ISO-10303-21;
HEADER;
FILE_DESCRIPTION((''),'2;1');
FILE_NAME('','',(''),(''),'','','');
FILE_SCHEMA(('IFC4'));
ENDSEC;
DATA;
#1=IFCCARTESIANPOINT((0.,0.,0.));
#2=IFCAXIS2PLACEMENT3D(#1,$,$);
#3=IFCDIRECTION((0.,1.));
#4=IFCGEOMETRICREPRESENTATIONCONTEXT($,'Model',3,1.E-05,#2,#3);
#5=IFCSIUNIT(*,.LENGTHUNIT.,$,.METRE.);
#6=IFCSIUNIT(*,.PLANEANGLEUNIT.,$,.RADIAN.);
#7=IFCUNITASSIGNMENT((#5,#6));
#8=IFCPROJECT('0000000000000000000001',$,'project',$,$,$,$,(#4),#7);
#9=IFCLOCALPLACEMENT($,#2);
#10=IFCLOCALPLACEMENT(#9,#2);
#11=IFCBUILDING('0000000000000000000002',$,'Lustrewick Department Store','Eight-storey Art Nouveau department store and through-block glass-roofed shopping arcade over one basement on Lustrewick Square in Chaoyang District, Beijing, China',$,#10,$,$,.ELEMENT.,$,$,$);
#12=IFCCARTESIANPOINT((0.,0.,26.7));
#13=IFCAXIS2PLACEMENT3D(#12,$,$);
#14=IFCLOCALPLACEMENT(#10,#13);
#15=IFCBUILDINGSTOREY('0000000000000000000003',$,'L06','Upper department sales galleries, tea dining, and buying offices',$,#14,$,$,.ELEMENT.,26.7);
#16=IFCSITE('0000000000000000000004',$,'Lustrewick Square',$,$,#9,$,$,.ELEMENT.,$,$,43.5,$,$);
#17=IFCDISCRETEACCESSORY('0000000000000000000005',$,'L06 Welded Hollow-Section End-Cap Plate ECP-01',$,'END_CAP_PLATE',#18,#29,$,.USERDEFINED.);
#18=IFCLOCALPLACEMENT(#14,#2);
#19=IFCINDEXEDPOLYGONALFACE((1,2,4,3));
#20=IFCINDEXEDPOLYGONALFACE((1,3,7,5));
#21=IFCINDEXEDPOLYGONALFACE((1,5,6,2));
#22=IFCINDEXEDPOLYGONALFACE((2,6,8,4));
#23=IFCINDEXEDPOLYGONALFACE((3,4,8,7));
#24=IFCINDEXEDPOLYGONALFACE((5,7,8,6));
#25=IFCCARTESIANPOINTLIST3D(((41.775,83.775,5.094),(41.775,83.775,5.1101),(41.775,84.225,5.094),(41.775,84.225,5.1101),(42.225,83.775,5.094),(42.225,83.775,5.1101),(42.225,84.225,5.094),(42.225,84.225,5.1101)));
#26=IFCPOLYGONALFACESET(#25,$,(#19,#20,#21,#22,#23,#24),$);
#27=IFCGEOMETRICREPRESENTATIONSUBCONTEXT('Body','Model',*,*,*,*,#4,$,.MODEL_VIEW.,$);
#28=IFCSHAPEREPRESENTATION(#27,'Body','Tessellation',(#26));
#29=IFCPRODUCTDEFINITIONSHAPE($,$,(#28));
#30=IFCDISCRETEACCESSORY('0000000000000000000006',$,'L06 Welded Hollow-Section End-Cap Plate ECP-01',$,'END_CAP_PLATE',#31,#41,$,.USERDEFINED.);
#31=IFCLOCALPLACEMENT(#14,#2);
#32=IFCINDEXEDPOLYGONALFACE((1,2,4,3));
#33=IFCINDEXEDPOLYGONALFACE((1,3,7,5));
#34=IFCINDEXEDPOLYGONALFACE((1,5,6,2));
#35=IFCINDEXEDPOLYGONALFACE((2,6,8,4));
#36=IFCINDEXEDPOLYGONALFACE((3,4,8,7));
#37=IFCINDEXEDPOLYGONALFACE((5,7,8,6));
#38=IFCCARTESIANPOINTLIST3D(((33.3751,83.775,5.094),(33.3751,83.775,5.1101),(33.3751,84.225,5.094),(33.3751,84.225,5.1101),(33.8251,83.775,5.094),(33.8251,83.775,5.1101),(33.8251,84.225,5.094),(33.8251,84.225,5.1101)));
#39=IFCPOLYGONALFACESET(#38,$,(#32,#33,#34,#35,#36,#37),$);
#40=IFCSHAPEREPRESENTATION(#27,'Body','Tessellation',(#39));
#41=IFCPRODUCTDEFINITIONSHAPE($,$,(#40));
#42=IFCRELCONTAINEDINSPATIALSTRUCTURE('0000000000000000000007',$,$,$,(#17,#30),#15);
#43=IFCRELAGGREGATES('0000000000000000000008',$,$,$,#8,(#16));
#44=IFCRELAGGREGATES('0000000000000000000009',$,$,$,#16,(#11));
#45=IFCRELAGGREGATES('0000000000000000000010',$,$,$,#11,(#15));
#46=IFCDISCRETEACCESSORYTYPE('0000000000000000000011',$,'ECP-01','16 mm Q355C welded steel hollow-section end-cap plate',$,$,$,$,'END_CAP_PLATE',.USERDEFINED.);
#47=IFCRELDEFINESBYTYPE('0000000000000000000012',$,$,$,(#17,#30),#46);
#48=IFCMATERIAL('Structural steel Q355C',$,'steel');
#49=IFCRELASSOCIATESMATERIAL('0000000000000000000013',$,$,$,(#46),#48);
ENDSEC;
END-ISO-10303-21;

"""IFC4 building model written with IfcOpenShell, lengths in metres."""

from ifc_helpers import new_model, si_unit, direction, frame, origin, origin_2d, place, context, subcontext, project, spatial, rectangle, extrude, material, type_object, element, save


model = new_model("IFC4")

# Units and contexts
model_context = context("Model", 3, precision=1e-05, world=origin(), true_north=direction((0.0, 1.0)))
body_context = subcontext(model_context, "Body", "Model", "MODEL_VIEW")
ifc_project = project(units=[si_unit("LENGTHUNIT", "METRE"), si_unit("PLANEANGLEUNIT", "RADIAN")], contexts=[model_context])

# Site, building, storey
site_placement = place(None, origin())
site = spatial("IfcSite", under=ifc_project, at=site_placement, Name="Lustrewick Square", CompositionType="ELEMENT", RefElevation=43.5)
building_placement = place(site_placement, origin())
building = spatial("IfcBuilding", under=site, at=building_placement, Name="Lustrewick Department Store", Description="Eight-storey Art Nouveau department store and through-block glass-roofed shopping arcade over one basement on Lustrewick Square in Chaoyang District, Beijing, China", CompositionType="ELEMENT")
storey_placement = place(building_placement, frame((0.0, 0.0, 26.7)))
storey = spatial("IfcBuildingStorey", under=building, at=storey_placement, Name="L06", Description="Upper department sales galleries, tea dining, and buying offices", CompositionType="ELEMENT", Elevation=26.7)

# Shared definitions
ifc_material_1 = material(Name="Structural steel Q355C", Category="steel")

# Discrete accessories
discrete_accessory_type = type_object("IfcDiscreteAccessoryType", Name="ECP-01", Description="16 mm Q355C welded steel hollow-section end-cap plate", ElementType="END_CAP_PLATE", PredefinedType="USERDEFINED", material=ifc_material_1)
for number, where, z_axis, x_axis, name in (
    (1, (42.0, 84.0, 5.094), (0.0, 0.0, 1.0), (1.0, 0.0, 0.0), "L06 Welded Hollow-Section End-Cap Plate ECP-01"),
    (2, (33.6001, 84.0, 5.094), (0.0, 0.0, 1.0), (1.0, 0.0, 0.0), "L06 Welded Hollow-Section End-Cap Plate ECP-01"),
):
    element("IfcDiscreteAccessory", number, at=place(storey_placement, frame(where, z_axis=z_axis, x_axis=x_axis)), inside=storey, type_object=discrete_accessory_type, Name=name, ObjectType="END_CAP_PLATE", PredefinedType="USERDEFINED", context=body_context, shape_type="SweptSolid", body=[
        extrude(rectangle(XDim=0.45, YDim=0.45, at=origin_2d()), origin(), (0.0, 0.0, 1.0), 0.0161),
    ])

save(model, "model.ifc")
